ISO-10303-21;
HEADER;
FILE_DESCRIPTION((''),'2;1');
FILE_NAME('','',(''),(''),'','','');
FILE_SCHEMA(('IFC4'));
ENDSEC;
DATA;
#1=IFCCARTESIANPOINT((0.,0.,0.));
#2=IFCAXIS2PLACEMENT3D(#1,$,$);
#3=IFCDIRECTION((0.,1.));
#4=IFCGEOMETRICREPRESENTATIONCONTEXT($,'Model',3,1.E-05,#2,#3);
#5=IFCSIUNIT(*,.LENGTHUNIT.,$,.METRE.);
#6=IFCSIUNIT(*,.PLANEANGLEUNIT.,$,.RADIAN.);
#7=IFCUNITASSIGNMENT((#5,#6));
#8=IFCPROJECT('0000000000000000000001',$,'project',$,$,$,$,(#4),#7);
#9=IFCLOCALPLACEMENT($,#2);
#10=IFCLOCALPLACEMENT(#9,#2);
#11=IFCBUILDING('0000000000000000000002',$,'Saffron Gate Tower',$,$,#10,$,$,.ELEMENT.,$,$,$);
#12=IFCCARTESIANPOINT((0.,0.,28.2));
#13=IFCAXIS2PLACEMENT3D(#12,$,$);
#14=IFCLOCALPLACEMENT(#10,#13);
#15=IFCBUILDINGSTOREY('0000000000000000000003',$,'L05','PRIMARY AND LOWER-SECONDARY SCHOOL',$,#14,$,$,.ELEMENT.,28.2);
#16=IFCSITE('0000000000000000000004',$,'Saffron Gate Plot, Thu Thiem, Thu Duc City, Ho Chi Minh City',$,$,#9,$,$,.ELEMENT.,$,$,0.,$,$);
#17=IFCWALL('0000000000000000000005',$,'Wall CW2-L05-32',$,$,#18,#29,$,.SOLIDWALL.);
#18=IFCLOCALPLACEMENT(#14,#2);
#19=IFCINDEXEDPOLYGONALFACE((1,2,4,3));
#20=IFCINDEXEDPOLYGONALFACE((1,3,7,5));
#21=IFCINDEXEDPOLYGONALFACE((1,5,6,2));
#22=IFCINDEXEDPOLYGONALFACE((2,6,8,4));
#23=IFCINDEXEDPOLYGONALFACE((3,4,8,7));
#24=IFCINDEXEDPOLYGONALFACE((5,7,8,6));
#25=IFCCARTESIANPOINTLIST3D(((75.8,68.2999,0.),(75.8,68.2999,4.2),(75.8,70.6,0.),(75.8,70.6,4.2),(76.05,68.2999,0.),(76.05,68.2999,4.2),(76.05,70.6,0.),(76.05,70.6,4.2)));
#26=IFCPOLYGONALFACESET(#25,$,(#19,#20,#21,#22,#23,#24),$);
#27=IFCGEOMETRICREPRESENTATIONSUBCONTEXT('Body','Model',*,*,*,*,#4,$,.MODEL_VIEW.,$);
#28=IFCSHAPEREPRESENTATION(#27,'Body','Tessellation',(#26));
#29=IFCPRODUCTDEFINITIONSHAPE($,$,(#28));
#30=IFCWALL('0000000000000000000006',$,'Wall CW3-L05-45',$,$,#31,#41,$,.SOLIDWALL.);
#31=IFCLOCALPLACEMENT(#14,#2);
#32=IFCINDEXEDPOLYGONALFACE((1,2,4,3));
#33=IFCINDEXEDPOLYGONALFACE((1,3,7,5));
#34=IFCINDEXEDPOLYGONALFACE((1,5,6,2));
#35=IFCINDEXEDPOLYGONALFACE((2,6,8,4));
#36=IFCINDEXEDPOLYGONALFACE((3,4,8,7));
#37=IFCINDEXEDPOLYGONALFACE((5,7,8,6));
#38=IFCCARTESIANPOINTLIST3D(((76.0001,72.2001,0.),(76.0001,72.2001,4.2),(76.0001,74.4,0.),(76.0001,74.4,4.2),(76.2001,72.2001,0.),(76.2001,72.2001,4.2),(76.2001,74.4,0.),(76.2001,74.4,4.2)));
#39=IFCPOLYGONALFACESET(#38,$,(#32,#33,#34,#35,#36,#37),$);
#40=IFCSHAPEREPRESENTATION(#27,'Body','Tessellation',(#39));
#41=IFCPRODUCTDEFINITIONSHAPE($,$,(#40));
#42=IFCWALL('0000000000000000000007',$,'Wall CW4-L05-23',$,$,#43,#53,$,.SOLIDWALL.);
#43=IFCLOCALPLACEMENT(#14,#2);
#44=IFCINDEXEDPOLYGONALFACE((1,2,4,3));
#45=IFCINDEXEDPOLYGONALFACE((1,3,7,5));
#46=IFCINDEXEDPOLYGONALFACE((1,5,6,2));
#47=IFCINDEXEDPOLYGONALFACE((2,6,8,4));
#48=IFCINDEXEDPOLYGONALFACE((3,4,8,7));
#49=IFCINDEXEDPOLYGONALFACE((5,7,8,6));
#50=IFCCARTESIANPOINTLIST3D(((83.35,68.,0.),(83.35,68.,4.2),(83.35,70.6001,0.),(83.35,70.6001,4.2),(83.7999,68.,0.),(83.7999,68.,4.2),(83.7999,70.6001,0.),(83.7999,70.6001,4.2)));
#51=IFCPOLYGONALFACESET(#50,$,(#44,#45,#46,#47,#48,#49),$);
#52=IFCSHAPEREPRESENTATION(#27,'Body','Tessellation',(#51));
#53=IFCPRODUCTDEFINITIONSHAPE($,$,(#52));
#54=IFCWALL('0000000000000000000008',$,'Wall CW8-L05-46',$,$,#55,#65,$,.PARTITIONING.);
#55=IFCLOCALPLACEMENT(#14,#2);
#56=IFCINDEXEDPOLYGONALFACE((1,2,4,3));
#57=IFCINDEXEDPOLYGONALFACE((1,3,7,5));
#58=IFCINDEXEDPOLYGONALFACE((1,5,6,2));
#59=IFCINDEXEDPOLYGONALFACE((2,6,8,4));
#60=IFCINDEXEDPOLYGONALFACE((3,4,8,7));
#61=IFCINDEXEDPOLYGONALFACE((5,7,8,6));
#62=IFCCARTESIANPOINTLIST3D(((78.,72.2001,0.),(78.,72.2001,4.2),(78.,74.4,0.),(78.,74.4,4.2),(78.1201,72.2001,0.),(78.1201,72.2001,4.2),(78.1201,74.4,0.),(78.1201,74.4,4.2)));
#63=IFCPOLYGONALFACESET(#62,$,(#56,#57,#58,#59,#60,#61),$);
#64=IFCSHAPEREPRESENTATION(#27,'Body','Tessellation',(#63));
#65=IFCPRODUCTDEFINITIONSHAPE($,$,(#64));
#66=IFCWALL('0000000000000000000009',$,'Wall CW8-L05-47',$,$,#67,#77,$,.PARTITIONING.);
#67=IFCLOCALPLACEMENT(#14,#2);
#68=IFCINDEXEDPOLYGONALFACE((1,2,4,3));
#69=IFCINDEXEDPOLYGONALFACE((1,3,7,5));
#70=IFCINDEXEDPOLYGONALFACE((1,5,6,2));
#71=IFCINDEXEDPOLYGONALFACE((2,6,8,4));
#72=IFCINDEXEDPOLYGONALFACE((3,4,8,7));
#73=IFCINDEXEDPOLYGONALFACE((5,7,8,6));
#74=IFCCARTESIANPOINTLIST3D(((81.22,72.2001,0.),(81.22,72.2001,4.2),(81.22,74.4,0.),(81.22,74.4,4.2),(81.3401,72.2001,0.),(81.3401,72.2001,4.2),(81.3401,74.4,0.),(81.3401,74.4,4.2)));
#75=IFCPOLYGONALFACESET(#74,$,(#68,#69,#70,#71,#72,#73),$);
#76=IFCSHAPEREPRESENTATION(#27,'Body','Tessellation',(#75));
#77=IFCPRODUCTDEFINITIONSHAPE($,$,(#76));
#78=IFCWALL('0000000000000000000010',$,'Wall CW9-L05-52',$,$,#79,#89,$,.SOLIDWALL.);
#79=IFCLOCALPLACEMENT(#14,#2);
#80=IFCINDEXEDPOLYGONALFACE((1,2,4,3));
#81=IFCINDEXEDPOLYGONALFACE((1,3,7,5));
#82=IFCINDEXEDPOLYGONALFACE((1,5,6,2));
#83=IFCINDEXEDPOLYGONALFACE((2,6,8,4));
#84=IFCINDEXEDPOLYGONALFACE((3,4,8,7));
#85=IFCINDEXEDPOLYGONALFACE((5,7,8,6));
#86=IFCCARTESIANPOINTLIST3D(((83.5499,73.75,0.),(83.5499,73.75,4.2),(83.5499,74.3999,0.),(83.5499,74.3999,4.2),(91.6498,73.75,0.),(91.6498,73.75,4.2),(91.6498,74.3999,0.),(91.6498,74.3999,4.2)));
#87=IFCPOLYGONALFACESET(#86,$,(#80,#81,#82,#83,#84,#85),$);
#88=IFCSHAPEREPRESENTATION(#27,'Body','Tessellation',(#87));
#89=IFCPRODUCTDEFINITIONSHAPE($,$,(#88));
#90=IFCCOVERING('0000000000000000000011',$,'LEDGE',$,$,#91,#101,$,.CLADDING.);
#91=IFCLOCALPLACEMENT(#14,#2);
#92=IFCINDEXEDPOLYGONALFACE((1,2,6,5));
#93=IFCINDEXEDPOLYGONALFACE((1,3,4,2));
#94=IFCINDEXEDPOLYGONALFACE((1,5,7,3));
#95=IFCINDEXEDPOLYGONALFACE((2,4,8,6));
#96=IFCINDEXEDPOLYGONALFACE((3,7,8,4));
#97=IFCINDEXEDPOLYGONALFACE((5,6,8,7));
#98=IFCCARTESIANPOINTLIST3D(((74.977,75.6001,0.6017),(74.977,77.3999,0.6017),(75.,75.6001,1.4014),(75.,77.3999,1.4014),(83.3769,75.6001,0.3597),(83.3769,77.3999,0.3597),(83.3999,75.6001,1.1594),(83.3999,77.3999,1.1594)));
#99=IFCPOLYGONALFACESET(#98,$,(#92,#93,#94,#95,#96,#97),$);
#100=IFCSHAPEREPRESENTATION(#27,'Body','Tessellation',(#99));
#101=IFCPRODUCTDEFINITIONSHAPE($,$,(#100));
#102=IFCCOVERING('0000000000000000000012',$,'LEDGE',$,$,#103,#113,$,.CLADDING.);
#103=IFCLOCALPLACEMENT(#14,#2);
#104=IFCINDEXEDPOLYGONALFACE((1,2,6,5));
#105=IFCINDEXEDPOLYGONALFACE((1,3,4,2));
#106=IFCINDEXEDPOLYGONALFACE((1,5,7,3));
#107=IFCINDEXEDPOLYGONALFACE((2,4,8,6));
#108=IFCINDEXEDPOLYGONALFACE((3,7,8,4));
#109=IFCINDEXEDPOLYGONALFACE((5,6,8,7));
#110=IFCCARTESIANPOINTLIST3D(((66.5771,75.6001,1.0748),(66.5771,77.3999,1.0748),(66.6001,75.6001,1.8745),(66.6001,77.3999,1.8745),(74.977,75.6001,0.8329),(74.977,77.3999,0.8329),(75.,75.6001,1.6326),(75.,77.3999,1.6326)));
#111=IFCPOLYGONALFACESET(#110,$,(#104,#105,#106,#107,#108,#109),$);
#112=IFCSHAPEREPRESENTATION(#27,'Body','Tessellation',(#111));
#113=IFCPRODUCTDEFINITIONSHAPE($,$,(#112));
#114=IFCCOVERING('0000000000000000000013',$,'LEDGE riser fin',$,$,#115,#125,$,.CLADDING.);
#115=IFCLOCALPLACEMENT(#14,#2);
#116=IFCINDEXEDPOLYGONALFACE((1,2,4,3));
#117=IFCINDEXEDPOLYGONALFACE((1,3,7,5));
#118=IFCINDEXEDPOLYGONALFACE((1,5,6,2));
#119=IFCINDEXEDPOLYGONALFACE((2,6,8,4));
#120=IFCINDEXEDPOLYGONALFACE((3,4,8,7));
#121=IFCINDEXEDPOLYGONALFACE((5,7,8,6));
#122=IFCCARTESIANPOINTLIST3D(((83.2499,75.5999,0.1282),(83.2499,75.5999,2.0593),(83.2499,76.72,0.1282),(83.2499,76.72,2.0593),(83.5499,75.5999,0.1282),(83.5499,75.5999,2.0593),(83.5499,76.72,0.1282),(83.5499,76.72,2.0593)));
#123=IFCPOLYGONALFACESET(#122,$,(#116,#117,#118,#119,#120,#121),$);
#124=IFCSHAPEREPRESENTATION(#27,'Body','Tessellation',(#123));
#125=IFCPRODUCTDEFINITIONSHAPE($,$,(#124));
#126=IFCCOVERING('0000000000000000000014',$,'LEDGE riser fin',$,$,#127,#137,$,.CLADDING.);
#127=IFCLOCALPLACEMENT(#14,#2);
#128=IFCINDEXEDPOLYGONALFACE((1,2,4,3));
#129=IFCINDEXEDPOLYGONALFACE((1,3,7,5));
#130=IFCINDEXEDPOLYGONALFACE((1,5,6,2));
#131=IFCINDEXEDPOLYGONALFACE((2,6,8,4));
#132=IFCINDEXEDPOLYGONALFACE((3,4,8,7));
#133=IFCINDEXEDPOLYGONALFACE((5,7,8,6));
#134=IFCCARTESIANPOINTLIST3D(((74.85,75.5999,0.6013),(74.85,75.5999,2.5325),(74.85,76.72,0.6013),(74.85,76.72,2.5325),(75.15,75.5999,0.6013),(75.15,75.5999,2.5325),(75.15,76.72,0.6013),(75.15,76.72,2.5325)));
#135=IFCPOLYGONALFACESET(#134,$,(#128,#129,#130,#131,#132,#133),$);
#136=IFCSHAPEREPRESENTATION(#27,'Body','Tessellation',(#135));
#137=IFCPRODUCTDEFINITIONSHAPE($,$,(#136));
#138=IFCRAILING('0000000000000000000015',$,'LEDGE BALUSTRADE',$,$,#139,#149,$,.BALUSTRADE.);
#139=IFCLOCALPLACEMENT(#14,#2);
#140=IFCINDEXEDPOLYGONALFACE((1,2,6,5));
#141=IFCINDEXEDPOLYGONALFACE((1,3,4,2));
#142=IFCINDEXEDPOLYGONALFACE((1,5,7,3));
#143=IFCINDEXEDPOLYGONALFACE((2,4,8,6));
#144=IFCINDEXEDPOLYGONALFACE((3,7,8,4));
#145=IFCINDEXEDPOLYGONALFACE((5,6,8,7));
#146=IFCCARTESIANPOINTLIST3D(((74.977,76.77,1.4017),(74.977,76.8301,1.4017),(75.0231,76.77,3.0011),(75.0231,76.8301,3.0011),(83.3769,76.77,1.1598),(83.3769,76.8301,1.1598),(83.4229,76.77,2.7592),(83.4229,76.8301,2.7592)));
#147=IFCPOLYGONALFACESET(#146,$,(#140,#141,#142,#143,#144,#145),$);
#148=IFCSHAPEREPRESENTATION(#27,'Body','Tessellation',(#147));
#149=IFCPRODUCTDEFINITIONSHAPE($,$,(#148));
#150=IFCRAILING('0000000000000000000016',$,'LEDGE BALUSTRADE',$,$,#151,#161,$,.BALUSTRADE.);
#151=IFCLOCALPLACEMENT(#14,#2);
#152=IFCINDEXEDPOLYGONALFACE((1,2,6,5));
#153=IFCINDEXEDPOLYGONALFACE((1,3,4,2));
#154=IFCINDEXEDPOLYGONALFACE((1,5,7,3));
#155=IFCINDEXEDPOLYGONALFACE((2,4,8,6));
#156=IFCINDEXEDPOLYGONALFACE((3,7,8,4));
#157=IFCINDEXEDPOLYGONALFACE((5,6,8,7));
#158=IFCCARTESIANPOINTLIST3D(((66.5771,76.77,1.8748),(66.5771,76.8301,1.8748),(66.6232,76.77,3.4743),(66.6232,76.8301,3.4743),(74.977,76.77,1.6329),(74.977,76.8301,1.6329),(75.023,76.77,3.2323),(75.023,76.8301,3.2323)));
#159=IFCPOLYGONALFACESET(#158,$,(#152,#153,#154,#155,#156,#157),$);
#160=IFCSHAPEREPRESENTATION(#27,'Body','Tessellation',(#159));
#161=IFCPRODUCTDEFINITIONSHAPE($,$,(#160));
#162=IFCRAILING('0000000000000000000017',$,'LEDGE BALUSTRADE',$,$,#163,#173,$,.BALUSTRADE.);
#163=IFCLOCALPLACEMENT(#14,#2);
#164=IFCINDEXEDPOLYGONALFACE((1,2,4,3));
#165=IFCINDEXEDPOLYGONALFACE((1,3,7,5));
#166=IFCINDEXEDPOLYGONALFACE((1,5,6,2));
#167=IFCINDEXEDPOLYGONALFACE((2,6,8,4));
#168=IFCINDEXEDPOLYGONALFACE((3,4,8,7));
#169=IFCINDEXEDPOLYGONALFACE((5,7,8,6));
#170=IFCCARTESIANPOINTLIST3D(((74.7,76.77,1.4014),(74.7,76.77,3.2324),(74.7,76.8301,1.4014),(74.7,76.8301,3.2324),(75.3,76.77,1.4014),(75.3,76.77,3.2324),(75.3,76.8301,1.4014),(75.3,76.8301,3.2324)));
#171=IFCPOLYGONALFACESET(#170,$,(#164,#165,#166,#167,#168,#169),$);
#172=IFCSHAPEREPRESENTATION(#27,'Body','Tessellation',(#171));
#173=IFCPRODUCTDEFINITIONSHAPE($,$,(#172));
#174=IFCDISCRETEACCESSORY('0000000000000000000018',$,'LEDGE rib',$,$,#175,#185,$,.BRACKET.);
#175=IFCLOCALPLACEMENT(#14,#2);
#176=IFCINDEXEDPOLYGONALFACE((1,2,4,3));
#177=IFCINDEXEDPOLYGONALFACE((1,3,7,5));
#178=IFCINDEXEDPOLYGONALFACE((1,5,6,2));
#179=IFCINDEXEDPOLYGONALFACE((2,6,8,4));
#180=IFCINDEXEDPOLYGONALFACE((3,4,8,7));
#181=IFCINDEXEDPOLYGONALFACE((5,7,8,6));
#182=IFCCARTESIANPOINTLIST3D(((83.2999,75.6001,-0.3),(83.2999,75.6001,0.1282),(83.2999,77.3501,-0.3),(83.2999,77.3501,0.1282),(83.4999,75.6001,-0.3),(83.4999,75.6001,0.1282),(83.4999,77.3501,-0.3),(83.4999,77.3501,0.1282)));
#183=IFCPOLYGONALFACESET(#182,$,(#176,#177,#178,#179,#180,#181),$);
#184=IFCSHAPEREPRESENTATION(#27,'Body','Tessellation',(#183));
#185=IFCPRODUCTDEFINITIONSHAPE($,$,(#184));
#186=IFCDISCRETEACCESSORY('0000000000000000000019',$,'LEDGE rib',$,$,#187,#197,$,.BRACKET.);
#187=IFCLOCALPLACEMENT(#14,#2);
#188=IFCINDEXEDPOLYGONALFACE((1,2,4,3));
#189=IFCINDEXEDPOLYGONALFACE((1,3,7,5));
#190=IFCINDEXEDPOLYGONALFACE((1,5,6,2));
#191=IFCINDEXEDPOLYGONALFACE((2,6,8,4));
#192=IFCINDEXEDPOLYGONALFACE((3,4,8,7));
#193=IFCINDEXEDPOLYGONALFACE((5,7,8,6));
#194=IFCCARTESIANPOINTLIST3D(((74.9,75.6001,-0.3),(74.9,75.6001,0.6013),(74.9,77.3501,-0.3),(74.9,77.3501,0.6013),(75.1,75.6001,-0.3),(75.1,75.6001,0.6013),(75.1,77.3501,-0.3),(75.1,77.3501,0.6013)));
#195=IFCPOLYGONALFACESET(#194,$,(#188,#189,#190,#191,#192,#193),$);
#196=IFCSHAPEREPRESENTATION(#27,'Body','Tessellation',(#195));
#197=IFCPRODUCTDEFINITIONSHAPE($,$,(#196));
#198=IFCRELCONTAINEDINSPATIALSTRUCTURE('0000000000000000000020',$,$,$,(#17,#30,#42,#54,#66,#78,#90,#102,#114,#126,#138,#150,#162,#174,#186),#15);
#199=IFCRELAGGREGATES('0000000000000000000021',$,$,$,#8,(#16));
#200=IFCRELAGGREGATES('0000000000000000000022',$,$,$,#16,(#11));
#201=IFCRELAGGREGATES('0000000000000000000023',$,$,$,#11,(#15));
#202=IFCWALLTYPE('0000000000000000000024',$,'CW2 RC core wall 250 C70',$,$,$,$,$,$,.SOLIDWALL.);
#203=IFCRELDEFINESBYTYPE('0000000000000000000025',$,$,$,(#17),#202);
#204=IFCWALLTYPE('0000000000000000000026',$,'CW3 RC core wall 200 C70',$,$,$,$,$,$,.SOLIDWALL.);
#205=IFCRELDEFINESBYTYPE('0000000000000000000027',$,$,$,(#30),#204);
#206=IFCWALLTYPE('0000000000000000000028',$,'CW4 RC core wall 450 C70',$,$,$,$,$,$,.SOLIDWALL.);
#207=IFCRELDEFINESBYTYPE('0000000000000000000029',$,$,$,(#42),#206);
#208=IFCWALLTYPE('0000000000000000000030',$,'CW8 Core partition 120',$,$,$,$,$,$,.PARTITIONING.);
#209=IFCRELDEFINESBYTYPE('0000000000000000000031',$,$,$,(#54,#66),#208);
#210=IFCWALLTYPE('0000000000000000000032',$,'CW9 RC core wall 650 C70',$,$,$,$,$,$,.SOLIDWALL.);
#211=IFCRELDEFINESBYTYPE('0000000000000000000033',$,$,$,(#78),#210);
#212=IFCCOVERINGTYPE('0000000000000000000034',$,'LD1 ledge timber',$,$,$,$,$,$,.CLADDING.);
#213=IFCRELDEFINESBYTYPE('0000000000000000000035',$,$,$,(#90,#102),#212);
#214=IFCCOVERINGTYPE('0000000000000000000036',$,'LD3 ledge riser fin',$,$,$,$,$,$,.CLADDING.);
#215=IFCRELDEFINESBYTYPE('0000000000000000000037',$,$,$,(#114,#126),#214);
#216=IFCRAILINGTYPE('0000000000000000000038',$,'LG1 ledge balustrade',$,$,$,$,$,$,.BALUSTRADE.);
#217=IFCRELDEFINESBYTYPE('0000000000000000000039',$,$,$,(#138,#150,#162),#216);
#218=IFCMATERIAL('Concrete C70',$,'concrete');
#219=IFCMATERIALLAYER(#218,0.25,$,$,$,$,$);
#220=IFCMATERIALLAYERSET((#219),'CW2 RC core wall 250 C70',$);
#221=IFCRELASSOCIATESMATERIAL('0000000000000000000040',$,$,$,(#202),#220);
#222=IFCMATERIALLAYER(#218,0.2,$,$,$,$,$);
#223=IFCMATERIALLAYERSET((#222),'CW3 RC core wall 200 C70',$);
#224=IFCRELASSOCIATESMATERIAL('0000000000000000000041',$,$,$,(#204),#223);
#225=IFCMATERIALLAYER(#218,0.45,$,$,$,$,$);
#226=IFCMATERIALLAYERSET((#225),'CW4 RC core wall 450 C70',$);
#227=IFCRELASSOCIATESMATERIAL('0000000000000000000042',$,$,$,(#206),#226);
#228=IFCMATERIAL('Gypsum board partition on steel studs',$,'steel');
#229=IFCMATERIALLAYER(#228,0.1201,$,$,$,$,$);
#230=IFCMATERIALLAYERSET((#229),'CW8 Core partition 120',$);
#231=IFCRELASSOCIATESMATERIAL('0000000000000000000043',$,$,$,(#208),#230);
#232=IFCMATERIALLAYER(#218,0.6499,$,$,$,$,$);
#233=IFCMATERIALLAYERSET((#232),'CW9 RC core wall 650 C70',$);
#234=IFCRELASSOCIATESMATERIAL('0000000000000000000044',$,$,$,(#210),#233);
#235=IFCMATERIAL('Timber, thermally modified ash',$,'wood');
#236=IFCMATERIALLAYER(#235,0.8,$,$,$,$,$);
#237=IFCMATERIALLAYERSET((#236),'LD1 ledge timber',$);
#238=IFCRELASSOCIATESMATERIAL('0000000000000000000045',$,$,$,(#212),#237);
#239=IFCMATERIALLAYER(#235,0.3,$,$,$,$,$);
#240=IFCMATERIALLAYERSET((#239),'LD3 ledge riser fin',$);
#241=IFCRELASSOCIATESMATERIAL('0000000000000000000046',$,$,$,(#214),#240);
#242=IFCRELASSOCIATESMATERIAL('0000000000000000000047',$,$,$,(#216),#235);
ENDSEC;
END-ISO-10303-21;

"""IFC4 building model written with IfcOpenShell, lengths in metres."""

from ifc_helpers import new_model, si_unit, direction, frame, frame_2d, origin, origin_2d, place, context, subcontext, project, spatial, polyline, rectangle, outline, extrude, material, layer, layer_set, type_object, element, save


model = new_model("IFC4")

# Units and contexts
model_context = context("Model", 3, precision=1e-05, world=origin(), true_north=direction((0.0, 1.0)))
body_context = subcontext(model_context, "Body", "Model", "MODEL_VIEW")
ifc_project = project(units=[si_unit("LENGTHUNIT", "METRE"), si_unit("PLANEANGLEUNIT", "RADIAN")], contexts=[model_context])

# Site, building, storey
site_placement = place(None, origin())
site = spatial("IfcSite", under=ifc_project, at=site_placement, Name="Saffron Gate Plot, Thu Thiem, Thu Duc City, Ho Chi Minh City", CompositionType="ELEMENT", RefElevation=0.0)
building_placement = place(site_placement, origin())
building = spatial("IfcBuilding", under=site, at=building_placement, Name="Saffron Gate Tower", CompositionType="ELEMENT")
storey_placement = place(building_placement, frame((0.0, 0.0, 28.2)))
storey = spatial("IfcBuildingStorey", under=building, at=storey_placement, Name="L05", Description="PRIMARY AND LOWER-SECONDARY SCHOOL", CompositionType="ELEMENT", Elevation=28.2)

# Walls
ifc_material_1 = material(Name="Concrete C70", Category="concrete")
ifc_layer_1 = layer(ifc_material_1, 0.25)
ifc_layer_set_1 = layer_set([ifc_layer_1], Name="CW2 RC core wall 250 C70")
wall_type_1 = type_object("IfcWallType", Name="CW2 RC core wall 250 C70", PredefinedType="SOLIDWALL", material=ifc_layer_set_1)
wall_1_placement = place(storey_placement, frame((75.925, 68.3, 0.0), z_axis=(0.0, 0.0, 1.0), x_axis=(0.0, 1.0, 0.0)))
element("IfcWall", 1, at=wall_1_placement, inside=storey, type_object=wall_type_1, Name="Wall CW2-L05-32", PredefinedType="SOLIDWALL", context=body_context, shape_type="SweptSolid", body=[
    extrude(rectangle(XDim=2.3, YDim=0.25, at=frame_2d((1.1499, 0.0))), origin(), (0.0, 0.0, 1.0), 4.2),
])
ifc_layer_2 = layer(ifc_material_1, 0.2)
ifc_layer_set_2 = layer_set([ifc_layer_2], Name="CW3 RC core wall 200 C70")
wall_type_2 = type_object("IfcWallType", Name="CW3 RC core wall 200 C70", PredefinedType="SOLIDWALL", material=ifc_layer_set_2)
wall_2_placement = place(storey_placement, frame((76.1001, 72.2, 0.0), z_axis=(0.0, 0.0, 1.0), x_axis=(0.0, 1.0, 0.0)))
element("IfcWall", 2, at=wall_2_placement, inside=storey, type_object=wall_type_2, Name="Wall CW3-L05-45", PredefinedType="SOLIDWALL", context=body_context, shape_type="SweptSolid", body=[
    extrude(rectangle(XDim=2.2, YDim=0.2, at=frame_2d((1.1001, 0.0))), origin(), (0.0, 0.0, 1.0), 4.2),
])
ifc_layer_3 = layer(ifc_material_1, 0.45)
ifc_layer_set_3 = layer_set([ifc_layer_3], Name="CW4 RC core wall 450 C70")
wall_type_3 = type_object("IfcWallType", Name="CW4 RC core wall 450 C70", PredefinedType="SOLIDWALL", material=ifc_layer_set_3)
wall_3_placement = place(storey_placement, frame((83.575, 68.0, 0.0), z_axis=(0.0, 0.0, 1.0), x_axis=(0.0, 1.0, 0.0)))
element("IfcWall", 3, at=wall_3_placement, inside=storey, type_object=wall_type_3, Name="Wall CW4-L05-23", PredefinedType="SOLIDWALL", context=body_context, shape_type="SweptSolid", body=[
    extrude(rectangle(XDim=2.6001, YDim=0.45, at=frame_2d((1.3, 0.0))), origin(), (0.0, 0.0, 1.0), 4.2),
])
ifc_material_2 = material(Name="Gypsum board partition on steel studs", Category="steel")
ifc_layer_4 = layer(ifc_material_2, 0.1201)
ifc_layer_set_4 = layer_set([ifc_layer_4], Name="CW8 Core partition 120")
wall_type_4 = type_object("IfcWallType", Name="CW8 Core partition 120", PredefinedType="PARTITIONING", material=ifc_layer_set_4)
for number, where, z_axis, x_axis, name in (
    (4, (78.0601, 72.2, 0.0), (0.0, 0.0, 1.0), (0.0, 1.0, 0.0), "Wall CW8-L05-46"),
    (5, (81.28, 72.2, 0.0), (0.0, 0.0, 1.0), (0.0, 1.0, 0.0), "Wall CW8-L05-47"),
):
    element("IfcWall", number, at=place(storey_placement, frame(where, z_axis=z_axis, x_axis=x_axis)), inside=storey, type_object=wall_type_4, Name=name, PredefinedType="PARTITIONING", context=body_context, shape_type="SweptSolid", body=[
        extrude(rectangle(XDim=2.2, YDim=0.1201, at=frame_2d((1.1001, 0.0))), origin(), (0.0, 0.0, 1.0), 4.2),
    ])
ifc_layer_5 = layer(ifc_material_1, 0.6499)
ifc_layer_set_5 = layer_set([ifc_layer_5], Name="CW9 RC core wall 650 C70")
wall_type_5 = type_object("IfcWallType", Name="CW9 RC core wall 650 C70", PredefinedType="SOLIDWALL", material=ifc_layer_set_5)
wall_4_placement = place(storey_placement, frame((83.55, 74.075, 0.0), z_axis=(0.0, 0.0, 1.0), x_axis=(1.0, 0.0, 0.0)))
element("IfcWall", 6, at=wall_4_placement, inside=storey, type_object=wall_type_5, Name="Wall CW9-L05-52", PredefinedType="SOLIDWALL", context=body_context, shape_type="SweptSolid", body=[
    extrude(rectangle(XDim=8.0999, YDim=0.6499, at=frame_2d((4.0498, 0.0))), origin(), (0.0, 0.0, 1.0), 4.2),
])

# Coverings
ifc_material_3 = material(Name="Timber, thermally modified ash", Category="wood")
ifc_layer_6 = layer(ifc_material_3, 0.8)
ifc_layer_set_6 = layer_set([ifc_layer_6], Name="LD1 ledge timber")
covering_type_1 = type_object("IfcCoveringType", Name="LD1 ledge timber", PredefinedType="CLADDING", material=ifc_layer_set_6)
for number, where, z_axis, x_axis, name in (
    (7, (83.3999, 75.6001, 1.1594), (0.028791, 0.0, 0.999585), (-0.999585, 0.0, 0.028791), "LEDGE"),
    (8, (75.0, 75.6001, 1.6326), (0.028791, 0.0, 0.999585), (-0.999585, 0.0, 0.028791), "LEDGE"),
):
    element("IfcCovering", number, at=place(storey_placement, frame(where, z_axis=z_axis, x_axis=x_axis)), inside=storey, type_object=covering_type_1, Name=name, PredefinedType="CLADDING", context=body_context, shape_type="SweptSolid", body=[
        extrude(outline(polyline([(0.0, 0.0), (8.4034, 0.0), (8.4034, -1.7998), (0.0, -1.7998), (0.0, 0.0)])), origin(), (0.0, 0.0, -1.0), 0.8),
    ])
ifc_layer_7 = layer(ifc_material_3, 0.3)
ifc_layer_set_7 = layer_set([ifc_layer_7], Name="LD3 ledge riser fin")
covering_type_2 = type_object("IfcCoveringType", Name="LD3 ledge riser fin", PredefinedType="CLADDING", material=ifc_layer_set_7)
for number, where, z_axis, x_axis, name in (
    (9, (83.3999, 76.1599, 0.1282), (0.0, 0.0, 1.0), (-1.0, 0.0, 0.0), "LEDGE riser fin"),
    (10, (75.0, 76.1599, 0.6013), (0.0, 0.0, 1.0), (-1.0, 0.0, 0.0), "LEDGE riser fin"),
):
    element("IfcCovering", number, at=place(storey_placement, frame(where, z_axis=z_axis, x_axis=x_axis)), inside=storey, type_object=covering_type_2, Name=name, PredefinedType="CLADDING", context=body_context, shape_type="SweptSolid", body=[
        extrude(rectangle(XDim=0.3, YDim=1.1201, at=origin_2d()), origin(), (0.0, 0.0, 1.0), 1.9312),
    ])

# Railings
railing_type = type_object("IfcRailingType", Name="LG1 ledge balustrade", PredefinedType="BALUSTRADE", material=ifc_material_3)
for number, where, name in (
    (11, (83.3999, 76.8, 1.1594), "LEDGE BALUSTRADE"),
    (12, (75.0, 76.8, 1.6326), "LEDGE BALUSTRADE"),
):
    element("IfcRailing", number, at=place(storey_placement, frame(where)), inside=storey, type_object=railing_type, Name=name, PredefinedType="BALUSTRADE", context=body_context, shape_type="SweptSolid", body=[
        extrude(rectangle(XDim=0.0601, YDim=1.6001, at=origin_2d()), frame((0.0, 0.0, 0.8), z_axis=(-0.999585, 0.0, 0.028791), x_axis=(0.0, -1.0, 0.0)), (0.0, 0.0, 1.0), 8.4033),
    ])
railing_placement = place(storey_placement, frame((75.3, 76.8, 1.4014)))
element("IfcRailing", 13, at=railing_placement, inside=storey, type_object=railing_type, Name="LEDGE BALUSTRADE", PredefinedType="BALUSTRADE", context=body_context, shape_type="SweptSolid", body=[
    extrude(rectangle(XDim=0.0601, YDim=1.8311, at=origin_2d()), frame((0.0, 0.0, 0.9155), z_axis=(-1.0, 0.0, 0.0), x_axis=(0.0, -1.0, 0.0)), (0.0, 0.0, 1.0), 0.6001),
])

# Discrete accessories
discrete_accessory_1_placement = place(storey_placement, frame((83.3999, 76.4751, -0.3), z_axis=(0.0, 0.0, 1.0), x_axis=(-1.0, 0.0, 0.0)))
element("IfcDiscreteAccessory", 14, at=discrete_accessory_1_placement, inside=storey, Name="LEDGE rib", PredefinedType="BRACKET", context=body_context, shape_type="SweptSolid", body=[
    extrude(rectangle(XDim=0.2, YDim=1.75, at=origin_2d()), origin(), (0.0, 0.0, 1.0), 0.4282),
])
discrete_accessory_2_placement = place(storey_placement, frame((75.0, 76.4751, -0.3), z_axis=(0.0, 0.0, 1.0), x_axis=(-1.0, 0.0, 0.0)))
element("IfcDiscreteAccessory", 15, at=discrete_accessory_2_placement, inside=storey, Name="LEDGE rib", PredefinedType="BRACKET", context=body_context, shape_type="SweptSolid", body=[
    extrude(rectangle(XDim=0.2, YDim=1.75, at=origin_2d()), origin(), (0.0, 0.0, 1.0), 0.9014),
])

save(model, "model.ifc")
